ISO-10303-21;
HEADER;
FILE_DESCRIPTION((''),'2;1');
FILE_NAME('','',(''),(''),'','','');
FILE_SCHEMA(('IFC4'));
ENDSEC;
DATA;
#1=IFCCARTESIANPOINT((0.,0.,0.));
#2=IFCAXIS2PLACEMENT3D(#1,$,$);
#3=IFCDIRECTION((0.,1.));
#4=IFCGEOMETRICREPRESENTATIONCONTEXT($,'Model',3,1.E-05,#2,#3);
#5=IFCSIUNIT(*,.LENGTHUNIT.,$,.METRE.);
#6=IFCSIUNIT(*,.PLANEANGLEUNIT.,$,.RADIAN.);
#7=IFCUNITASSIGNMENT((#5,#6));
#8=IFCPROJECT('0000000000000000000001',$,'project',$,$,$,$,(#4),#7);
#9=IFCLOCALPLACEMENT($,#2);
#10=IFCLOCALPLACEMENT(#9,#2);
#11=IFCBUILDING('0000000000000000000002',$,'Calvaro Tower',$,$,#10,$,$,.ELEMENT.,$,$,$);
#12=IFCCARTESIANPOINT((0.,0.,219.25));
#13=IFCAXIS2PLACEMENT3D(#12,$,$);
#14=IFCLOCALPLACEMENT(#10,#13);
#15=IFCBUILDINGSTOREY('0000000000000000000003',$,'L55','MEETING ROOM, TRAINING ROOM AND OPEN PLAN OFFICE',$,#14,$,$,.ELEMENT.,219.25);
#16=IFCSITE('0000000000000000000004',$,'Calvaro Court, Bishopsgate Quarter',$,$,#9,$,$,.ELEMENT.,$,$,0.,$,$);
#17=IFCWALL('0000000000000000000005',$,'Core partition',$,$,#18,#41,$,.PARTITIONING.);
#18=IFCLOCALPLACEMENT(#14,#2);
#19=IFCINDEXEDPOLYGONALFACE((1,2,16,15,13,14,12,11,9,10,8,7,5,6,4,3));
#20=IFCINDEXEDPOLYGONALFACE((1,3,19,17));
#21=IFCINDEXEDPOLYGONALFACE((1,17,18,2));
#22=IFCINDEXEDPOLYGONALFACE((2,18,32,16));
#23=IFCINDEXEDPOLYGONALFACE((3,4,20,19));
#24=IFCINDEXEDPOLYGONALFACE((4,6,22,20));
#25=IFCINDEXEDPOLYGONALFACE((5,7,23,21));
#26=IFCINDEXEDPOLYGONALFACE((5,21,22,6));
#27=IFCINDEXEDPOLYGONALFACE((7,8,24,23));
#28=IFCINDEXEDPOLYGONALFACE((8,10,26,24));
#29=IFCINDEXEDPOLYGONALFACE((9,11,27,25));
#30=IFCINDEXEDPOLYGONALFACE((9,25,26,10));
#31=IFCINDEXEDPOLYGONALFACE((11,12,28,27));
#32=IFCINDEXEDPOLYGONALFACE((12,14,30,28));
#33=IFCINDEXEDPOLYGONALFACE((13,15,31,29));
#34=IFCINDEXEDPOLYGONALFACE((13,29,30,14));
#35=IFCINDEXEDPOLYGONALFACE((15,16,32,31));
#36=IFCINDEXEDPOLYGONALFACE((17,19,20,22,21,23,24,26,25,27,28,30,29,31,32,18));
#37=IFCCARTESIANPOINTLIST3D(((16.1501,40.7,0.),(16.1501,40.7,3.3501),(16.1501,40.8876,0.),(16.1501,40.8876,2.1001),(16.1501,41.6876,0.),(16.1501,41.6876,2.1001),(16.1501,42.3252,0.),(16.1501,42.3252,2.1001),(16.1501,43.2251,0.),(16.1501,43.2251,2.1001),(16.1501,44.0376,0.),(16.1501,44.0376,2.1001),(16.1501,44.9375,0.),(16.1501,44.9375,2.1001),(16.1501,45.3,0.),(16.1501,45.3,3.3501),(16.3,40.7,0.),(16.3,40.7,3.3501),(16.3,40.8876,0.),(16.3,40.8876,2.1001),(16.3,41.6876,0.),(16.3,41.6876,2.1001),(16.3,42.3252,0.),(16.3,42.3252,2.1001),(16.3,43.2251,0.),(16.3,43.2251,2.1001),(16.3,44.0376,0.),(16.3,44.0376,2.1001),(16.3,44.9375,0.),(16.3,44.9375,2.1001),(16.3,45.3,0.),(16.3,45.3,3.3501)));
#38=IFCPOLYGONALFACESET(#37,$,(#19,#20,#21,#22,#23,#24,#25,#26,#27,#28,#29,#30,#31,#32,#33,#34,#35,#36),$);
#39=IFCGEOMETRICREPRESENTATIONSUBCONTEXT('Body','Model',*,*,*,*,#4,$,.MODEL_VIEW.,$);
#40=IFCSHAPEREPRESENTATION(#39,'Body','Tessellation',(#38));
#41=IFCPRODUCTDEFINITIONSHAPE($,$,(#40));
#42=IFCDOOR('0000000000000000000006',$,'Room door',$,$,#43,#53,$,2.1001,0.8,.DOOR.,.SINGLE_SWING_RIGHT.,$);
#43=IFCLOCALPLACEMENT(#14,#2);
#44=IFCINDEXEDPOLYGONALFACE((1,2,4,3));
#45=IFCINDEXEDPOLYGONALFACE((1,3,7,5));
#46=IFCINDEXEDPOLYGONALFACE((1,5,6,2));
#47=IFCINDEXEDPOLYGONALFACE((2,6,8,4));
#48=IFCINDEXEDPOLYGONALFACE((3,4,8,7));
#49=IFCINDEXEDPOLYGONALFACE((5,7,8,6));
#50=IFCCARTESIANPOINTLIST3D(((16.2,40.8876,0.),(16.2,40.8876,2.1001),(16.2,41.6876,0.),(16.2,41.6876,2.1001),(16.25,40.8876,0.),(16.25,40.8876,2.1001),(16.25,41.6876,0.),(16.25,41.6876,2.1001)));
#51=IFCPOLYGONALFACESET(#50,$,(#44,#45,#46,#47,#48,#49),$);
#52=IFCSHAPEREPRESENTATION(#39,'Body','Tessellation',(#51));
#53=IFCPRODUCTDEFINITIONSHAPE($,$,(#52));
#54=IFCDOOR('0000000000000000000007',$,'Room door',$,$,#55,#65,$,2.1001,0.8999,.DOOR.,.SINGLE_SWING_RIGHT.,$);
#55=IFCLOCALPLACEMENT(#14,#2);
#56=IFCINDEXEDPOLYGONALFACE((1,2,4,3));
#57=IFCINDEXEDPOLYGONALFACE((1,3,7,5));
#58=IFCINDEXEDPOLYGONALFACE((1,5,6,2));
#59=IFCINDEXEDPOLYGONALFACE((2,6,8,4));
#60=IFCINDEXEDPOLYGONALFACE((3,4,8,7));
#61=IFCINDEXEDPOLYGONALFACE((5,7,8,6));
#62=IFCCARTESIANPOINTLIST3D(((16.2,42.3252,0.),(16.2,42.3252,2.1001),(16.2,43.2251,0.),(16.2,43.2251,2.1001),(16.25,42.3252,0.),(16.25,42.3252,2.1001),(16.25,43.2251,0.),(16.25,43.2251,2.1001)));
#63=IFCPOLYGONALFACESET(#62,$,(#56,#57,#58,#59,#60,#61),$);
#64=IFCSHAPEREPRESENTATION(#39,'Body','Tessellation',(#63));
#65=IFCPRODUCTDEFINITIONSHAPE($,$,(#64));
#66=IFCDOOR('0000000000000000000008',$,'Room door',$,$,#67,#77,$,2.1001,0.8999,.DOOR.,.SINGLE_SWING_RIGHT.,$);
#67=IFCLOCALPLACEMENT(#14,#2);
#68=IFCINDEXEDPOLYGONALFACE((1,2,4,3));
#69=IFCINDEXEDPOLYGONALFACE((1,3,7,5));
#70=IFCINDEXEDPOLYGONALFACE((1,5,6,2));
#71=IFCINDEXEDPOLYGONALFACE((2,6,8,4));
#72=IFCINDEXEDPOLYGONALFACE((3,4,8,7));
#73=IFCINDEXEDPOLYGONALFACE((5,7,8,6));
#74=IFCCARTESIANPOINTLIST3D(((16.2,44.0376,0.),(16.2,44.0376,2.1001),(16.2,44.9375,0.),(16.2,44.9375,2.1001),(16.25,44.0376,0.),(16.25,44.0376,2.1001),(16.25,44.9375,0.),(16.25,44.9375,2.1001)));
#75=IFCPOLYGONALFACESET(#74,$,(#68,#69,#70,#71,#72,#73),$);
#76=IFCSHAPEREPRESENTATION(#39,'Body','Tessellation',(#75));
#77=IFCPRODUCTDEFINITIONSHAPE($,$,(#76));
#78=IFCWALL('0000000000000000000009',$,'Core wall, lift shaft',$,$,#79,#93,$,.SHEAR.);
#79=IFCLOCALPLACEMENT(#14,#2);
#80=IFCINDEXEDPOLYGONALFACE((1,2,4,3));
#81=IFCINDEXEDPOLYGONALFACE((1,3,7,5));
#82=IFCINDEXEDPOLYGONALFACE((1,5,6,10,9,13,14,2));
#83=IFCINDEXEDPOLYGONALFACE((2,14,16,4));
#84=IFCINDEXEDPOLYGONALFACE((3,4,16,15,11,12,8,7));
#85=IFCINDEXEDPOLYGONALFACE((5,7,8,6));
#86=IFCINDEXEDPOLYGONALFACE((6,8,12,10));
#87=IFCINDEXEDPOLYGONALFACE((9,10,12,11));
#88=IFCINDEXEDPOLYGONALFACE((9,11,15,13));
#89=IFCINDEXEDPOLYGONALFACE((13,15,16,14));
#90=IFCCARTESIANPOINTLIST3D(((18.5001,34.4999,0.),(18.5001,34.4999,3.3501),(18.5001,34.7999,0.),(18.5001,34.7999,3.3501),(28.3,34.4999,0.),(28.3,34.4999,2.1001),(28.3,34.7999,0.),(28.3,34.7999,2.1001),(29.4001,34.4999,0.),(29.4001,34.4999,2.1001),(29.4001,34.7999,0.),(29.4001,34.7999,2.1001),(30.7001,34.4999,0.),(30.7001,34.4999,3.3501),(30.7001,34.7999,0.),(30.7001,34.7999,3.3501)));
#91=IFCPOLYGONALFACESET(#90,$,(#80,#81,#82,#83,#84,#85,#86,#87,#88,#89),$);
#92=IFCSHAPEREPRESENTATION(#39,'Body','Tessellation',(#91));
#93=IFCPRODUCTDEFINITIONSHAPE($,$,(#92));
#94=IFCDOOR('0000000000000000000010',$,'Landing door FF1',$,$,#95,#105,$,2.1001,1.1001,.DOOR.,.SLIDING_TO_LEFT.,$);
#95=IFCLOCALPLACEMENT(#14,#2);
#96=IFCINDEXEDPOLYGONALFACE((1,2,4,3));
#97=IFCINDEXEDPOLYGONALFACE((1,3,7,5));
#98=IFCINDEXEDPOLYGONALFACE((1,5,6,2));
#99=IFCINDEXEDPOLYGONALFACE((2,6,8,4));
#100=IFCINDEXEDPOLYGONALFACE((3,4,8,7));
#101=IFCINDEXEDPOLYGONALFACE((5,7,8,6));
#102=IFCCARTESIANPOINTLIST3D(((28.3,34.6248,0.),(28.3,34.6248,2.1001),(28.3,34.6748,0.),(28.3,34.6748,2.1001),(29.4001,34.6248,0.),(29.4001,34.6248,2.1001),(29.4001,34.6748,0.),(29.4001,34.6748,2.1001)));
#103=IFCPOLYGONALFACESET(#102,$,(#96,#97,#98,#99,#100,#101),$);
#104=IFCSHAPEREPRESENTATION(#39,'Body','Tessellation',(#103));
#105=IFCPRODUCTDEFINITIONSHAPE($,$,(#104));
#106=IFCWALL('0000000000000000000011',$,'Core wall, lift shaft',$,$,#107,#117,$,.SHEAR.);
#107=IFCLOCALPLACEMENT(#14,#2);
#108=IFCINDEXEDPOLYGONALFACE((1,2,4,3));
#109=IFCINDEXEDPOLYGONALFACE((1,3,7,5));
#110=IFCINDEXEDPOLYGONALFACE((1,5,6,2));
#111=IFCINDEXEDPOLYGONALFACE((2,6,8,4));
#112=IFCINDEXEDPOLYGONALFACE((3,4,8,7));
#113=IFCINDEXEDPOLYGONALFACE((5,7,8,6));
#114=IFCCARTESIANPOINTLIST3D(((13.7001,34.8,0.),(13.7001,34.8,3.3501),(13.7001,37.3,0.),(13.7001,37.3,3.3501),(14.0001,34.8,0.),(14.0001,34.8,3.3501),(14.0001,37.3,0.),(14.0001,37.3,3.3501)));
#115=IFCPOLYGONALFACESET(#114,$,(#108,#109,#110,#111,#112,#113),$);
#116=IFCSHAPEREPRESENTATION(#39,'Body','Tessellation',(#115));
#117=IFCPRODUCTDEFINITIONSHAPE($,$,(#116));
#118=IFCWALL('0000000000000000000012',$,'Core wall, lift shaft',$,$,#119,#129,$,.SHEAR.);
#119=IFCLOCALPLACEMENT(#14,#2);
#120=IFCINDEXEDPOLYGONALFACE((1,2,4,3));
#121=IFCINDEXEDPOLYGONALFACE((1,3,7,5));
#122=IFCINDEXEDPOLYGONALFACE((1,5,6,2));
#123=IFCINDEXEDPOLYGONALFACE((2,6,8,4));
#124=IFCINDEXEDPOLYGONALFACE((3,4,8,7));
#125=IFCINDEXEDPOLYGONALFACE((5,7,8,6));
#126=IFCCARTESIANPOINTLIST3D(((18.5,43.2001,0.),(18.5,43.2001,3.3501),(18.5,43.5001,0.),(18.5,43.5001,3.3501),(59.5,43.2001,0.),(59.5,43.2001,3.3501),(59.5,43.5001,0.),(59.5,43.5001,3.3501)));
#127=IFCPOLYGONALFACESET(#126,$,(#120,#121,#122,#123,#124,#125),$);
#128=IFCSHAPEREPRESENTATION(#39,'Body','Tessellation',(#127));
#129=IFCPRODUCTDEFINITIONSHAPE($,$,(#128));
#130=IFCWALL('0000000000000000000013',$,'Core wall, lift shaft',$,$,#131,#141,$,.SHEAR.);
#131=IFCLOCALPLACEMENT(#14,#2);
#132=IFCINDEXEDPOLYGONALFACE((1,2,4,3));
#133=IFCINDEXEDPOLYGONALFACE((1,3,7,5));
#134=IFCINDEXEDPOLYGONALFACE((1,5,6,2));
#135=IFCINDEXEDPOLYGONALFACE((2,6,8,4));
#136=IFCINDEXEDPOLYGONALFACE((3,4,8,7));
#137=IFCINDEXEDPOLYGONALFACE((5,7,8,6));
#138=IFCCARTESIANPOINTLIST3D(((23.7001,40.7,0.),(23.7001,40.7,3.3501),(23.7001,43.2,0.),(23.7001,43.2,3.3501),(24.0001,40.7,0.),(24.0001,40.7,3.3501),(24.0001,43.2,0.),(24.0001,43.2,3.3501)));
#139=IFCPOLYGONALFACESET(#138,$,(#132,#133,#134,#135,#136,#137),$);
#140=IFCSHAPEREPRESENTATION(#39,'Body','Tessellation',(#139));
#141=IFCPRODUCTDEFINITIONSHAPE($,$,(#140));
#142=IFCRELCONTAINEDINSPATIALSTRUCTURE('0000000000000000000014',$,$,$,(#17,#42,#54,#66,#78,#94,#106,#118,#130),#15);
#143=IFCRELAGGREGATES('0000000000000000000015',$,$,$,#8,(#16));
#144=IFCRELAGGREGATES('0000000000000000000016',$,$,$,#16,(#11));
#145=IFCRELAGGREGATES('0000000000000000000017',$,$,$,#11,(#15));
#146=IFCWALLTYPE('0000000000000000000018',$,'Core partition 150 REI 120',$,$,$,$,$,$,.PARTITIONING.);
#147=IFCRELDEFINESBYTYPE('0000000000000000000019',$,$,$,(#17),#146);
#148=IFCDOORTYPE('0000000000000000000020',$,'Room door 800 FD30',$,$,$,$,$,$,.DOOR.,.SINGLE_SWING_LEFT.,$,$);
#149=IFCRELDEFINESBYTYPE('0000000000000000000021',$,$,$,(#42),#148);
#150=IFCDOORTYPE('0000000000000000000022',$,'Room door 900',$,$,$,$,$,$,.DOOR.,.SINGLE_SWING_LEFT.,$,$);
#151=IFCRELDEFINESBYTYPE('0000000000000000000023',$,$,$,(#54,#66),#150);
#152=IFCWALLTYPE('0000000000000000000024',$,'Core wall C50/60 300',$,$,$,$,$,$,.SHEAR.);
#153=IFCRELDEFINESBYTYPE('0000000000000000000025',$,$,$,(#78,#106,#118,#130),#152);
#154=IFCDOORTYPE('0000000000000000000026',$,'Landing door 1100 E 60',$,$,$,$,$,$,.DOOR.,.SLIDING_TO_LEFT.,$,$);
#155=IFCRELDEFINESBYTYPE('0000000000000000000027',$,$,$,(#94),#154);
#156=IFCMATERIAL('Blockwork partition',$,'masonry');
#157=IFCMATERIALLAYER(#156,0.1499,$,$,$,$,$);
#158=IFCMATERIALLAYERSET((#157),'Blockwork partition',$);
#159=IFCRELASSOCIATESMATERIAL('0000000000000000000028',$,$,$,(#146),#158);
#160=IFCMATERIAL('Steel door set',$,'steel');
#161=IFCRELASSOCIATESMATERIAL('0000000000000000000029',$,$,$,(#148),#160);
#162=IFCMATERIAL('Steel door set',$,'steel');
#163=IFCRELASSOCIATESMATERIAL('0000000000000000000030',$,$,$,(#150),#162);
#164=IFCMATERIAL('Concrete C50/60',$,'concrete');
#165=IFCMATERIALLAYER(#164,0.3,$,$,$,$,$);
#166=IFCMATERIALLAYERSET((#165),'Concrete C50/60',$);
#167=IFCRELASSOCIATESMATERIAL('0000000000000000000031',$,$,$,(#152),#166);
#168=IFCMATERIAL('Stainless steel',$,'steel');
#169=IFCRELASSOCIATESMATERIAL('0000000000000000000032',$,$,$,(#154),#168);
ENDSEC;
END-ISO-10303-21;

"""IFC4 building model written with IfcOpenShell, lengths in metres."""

from ifc_helpers import new_model, si_unit, direction, frame, frame_2d, origin, place, context, subcontext, project, spatial, rectangle, extrude, material, layer, layer_set, type_object, element, fill, save


model = new_model("IFC4")

# Units and contexts
model_context = context("Model", 3, precision=1e-05, world=origin(), true_north=direction((0.0, 1.0)))
body_context = subcontext(model_context, "Body", "Model", "MODEL_VIEW")
ifc_project = project(units=[si_unit("LENGTHUNIT", "METRE"), si_unit("PLANEANGLEUNIT", "RADIAN")], contexts=[model_context])

# Site, building, storey
site_placement = place(None, origin())
site = spatial("IfcSite", under=ifc_project, at=site_placement, Name="Calvaro Court, Bishopsgate Quarter", CompositionType="ELEMENT", RefElevation=0.0)
building_placement = place(site_placement, origin())
building = spatial("IfcBuilding", under=site, at=building_placement, Name="Calvaro Tower", CompositionType="ELEMENT")
storey_placement = place(building_placement, frame((0.0, 0.0, 219.25)))
storey = spatial("IfcBuildingStorey", under=building, at=storey_placement, Name="L55", Description="MEETING ROOM, TRAINING ROOM AND OPEN PLAN OFFICE", CompositionType="ELEMENT", Elevation=219.25)

# Wall, openings, doors
ifc_material_1 = material(Name="Blockwork partition", Category="masonry")
ifc_layer_1 = layer(ifc_material_1, 0.1499)
ifc_layer_set_1 = layer_set([ifc_layer_1], Name="Blockwork partition")
wall_type_1 = type_object("IfcWallType", Name="Core partition 150 REI 120", PredefinedType="PARTITIONING", material=ifc_layer_set_1)
wall_1_placement = place(storey_placement, frame((16.2251, 45.3, 0.0), z_axis=(0.0, 0.0, 1.0), x_axis=(0.0, -1.0, 0.0)))
wall_1 = element("IfcWall", 1, at=wall_1_placement, inside=storey, type_object=wall_type_1, Name="Core partition", PredefinedType="PARTITIONING", context=body_context, shape_type="SweptSolid", body=[
    extrude(rectangle(XDim=4.6001, YDim=0.1499, at=frame_2d((2.3, 0.0))), origin(), (0.0, 0.0, 1.0), 3.3501),
])
opening_1_placement = place(wall_1_placement, frame((3.6125, 0.0, 0.0)))
opening_1 = element("IfcOpeningElement", 2, at=opening_1_placement, cuts=wall_1, PredefinedType="OPENING", context=body_context, shape_type="SweptSolid", body=[
    extrude(rectangle(XDim=0.8, YDim=2.1001, at=frame_2d((0.3999, 1.05))), frame((0.0, 0.085, 0.0), z_axis=(0.0, -1.0, 0.0), x_axis=(1.0, 0.0, 0.0)), (0.0, 0.0, 1.0), 0.1699),
])
opening_2_placement = place(wall_1_placement, frame((2.075, 0.0, 0.0)))
opening_2 = element("IfcOpeningElement", 3, at=opening_2_placement, cuts=wall_1, PredefinedType="OPENING", context=body_context, shape_type="SweptSolid", body=[
    extrude(rectangle(XDim=0.8999, YDim=2.1001, at=frame_2d((0.45, 1.05))), frame((0.0, 0.085, 0.0), z_axis=(0.0, -1.0, 0.0), x_axis=(1.0, 0.0, 0.0)), (0.0, 0.0, 1.0), 0.1699),
])
opening_3_placement = place(wall_1_placement, frame((0.3625, 0.0, 0.0)))
opening_3 = element("IfcOpeningElement", 4, at=opening_3_placement, cuts=wall_1, PredefinedType="OPENING", context=body_context, shape_type="SweptSolid", body=[
    extrude(rectangle(XDim=0.8999, YDim=2.1001, at=frame_2d((0.45, 1.05))), frame((0.0, 0.085, 0.0), z_axis=(0.0, -1.0, 0.0), x_axis=(1.0, 0.0, 0.0)), (0.0, 0.0, 1.0), 0.1699),
])
ifc_material_2 = material(Name="Steel door set", Category="steel")
door_type_1 = type_object("IfcDoorType", Name="Room door 800 FD30", OperationType="SINGLE_SWING_LEFT", PredefinedType="DOOR", material=ifc_material_2)
door_1_placement = place(opening_1_placement, origin())
door_1 = element("IfcDoor", 5, at=door_1_placement, inside=storey, type_object=door_type_1, Name="Room door", OperationType="SINGLE_SWING_RIGHT", OverallHeight=2.1001, OverallWidth=0.8, PredefinedType="DOOR", context=body_context, shape_type="SweptSolid", body=[
    extrude(rectangle(XDim=0.8, YDim=2.1001, at=frame_2d((0.3999, 1.05))), frame((0.0, 0.0249, 0.0), z_axis=(0.0, -1.0, 0.0), x_axis=(1.0, 0.0, 0.0)), (0.0, 0.0, 1.0), 0.05),
])
fill(opening_1, door_1)
ifc_material_3 = material(Name="Steel door set", Category="steel")
door_type_2 = type_object("IfcDoorType", Name="Room door 900", OperationType="SINGLE_SWING_LEFT", PredefinedType="DOOR", material=ifc_material_3)
door_2_placement = place(opening_2_placement, origin())
door_2 = element("IfcDoor", 6, at=door_2_placement, inside=storey, type_object=door_type_2, Name="Room door", OperationType="SINGLE_SWING_RIGHT", OverallHeight=2.1001, OverallWidth=0.8999, PredefinedType="DOOR", context=body_context, shape_type="SweptSolid", body=[
    extrude(rectangle(XDim=0.8999, YDim=2.1001, at=frame_2d((0.45, 1.05))), frame((0.0, 0.0249, 0.0), z_axis=(0.0, -1.0, 0.0), x_axis=(1.0, 0.0, 0.0)), (0.0, 0.0, 1.0), 0.05),
])
fill(opening_2, door_2)
door_3_placement = place(opening_3_placement, origin())
door_3 = element("IfcDoor", 7, at=door_3_placement, inside=storey, type_object=door_type_2, Name="Room door", OperationType="SINGLE_SWING_RIGHT", OverallHeight=2.1001, OverallWidth=0.8999, PredefinedType="DOOR", context=body_context, shape_type="SweptSolid", body=[
    extrude(rectangle(XDim=0.8999, YDim=2.1001, at=frame_2d((0.45, 1.05))), frame((0.0, 0.0249, 0.0), z_axis=(0.0, -1.0, 0.0), x_axis=(1.0, 0.0, 0.0)), (0.0, 0.0, 1.0), 0.05),
])
fill(opening_3, door_3)

# Wall, opening, door
ifc_material_4 = material(Name="Concrete C50/60", Category="concrete")
ifc_layer_2 = layer(ifc_material_4, 0.3)
ifc_layer_set_2 = layer_set([ifc_layer_2], Name="Concrete C50/60")
wall_type_2 = type_object("IfcWallType", Name="Core wall C50/60 300", PredefinedType="SHEAR", material=ifc_layer_set_2)
wall_2_placement = place(storey_placement, frame((18.5, 34.6499, 0.0), z_axis=(0.0, 0.0, 1.0), x_axis=(1.0, 0.0, 0.0)))
wall_2 = element("IfcWall", 8, at=wall_2_placement, inside=storey, type_object=wall_type_2, Name="Core wall, lift shaft", PredefinedType="SHEAR", context=body_context, shape_type="SweptSolid", body=[
    extrude(rectangle(XDim=12.2, YDim=0.3, at=frame_2d((6.1001, 0.0))), origin(), (0.0, 0.0, 1.0), 3.3501),
])
opening_4_placement = place(wall_2_placement, frame((9.8, 0.0, 0.0)))
opening_4 = element("IfcOpeningElement", 9, at=opening_4_placement, cuts=wall_2, PredefinedType="OPENING", context=body_context, shape_type="SweptSolid", body=[
    extrude(rectangle(XDim=1.1001, YDim=2.1001, at=frame_2d((0.55, 1.05))), frame((0.0, 0.1599, 0.0), z_axis=(0.0, -1.0, 0.0), x_axis=(1.0, 0.0, 0.0)), (0.0, 0.0, 1.0), 0.3201),
])
ifc_material_5 = material(Name="Stainless steel", Category="steel")
door_type_3 = type_object("IfcDoorType", Name="Landing door 1100 E 60", OperationType="SLIDING_TO_LEFT", PredefinedType="DOOR", material=ifc_material_5)
door_4_placement = place(opening_4_placement, origin())
door_4 = element("IfcDoor", 10, at=door_4_placement, inside=storey, type_object=door_type_3, Name="Landing door FF1", OperationType="SLIDING_TO_LEFT", OverallHeight=2.1001, OverallWidth=1.1001, PredefinedType="DOOR", context=body_context, shape_type="SweptSolid", body=[
    extrude(rectangle(XDim=1.1001, YDim=2.1001, at=frame_2d((0.55, 1.05))), frame((0.0, 0.0249, 0.0), z_axis=(0.0, -1.0, 0.0), x_axis=(1.0, 0.0, 0.0)), (0.0, 0.0, 1.0), 0.05),
])
fill(opening_4, door_4)

# Wall
wall_3_placement = place(storey_placement, frame((13.8501, 34.8, 0.0), z_axis=(0.0, 0.0, 1.0), x_axis=(0.0, 1.0, 0.0)))
element("IfcWall", 11, at=wall_3_placement, inside=storey, type_object=wall_type_2, Name="Core wall, lift shaft", PredefinedType="SHEAR", context=body_context, shape_type="SweptSolid", body=[
    extrude(rectangle(XDim=2.5, YDim=0.3, at=frame_2d((1.25, 0.0))), origin(), (0.0, 0.0, 1.0), 3.3501),
])

# Walls
wall_4_placement = place(storey_placement, frame((18.5, 43.3501, 0.0), z_axis=(0.0, 0.0, 1.0), x_axis=(1.0, 0.0, 0.0)))
element("IfcWall", 12, at=wall_4_placement, inside=storey, type_object=wall_type_2, Name="Core wall, lift shaft", PredefinedType="SHEAR", context=body_context, shape_type="SweptSolid", body=[
    extrude(rectangle(XDim=41.0, YDim=0.3, at=frame_2d((20.5, 0.0))), origin(), (0.0, 0.0, 1.0), 3.3501),
])
wall_5_placement = place(storey_placement, frame((23.8501, 40.7, 0.0), z_axis=(0.0, 0.0, 1.0), x_axis=(0.0, 1.0, 0.0)))
element("IfcWall", 13, at=wall_5_placement, inside=storey, type_object=wall_type_2, Name="Core wall, lift shaft", PredefinedType="SHEAR", context=body_context, shape_type="SweptSolid", body=[
    extrude(rectangle(XDim=2.5, YDim=0.3, at=frame_2d((1.25, 0.0))), origin(), (0.0, 0.0, 1.0), 3.3501),
])

save(model, "model.ifc")
